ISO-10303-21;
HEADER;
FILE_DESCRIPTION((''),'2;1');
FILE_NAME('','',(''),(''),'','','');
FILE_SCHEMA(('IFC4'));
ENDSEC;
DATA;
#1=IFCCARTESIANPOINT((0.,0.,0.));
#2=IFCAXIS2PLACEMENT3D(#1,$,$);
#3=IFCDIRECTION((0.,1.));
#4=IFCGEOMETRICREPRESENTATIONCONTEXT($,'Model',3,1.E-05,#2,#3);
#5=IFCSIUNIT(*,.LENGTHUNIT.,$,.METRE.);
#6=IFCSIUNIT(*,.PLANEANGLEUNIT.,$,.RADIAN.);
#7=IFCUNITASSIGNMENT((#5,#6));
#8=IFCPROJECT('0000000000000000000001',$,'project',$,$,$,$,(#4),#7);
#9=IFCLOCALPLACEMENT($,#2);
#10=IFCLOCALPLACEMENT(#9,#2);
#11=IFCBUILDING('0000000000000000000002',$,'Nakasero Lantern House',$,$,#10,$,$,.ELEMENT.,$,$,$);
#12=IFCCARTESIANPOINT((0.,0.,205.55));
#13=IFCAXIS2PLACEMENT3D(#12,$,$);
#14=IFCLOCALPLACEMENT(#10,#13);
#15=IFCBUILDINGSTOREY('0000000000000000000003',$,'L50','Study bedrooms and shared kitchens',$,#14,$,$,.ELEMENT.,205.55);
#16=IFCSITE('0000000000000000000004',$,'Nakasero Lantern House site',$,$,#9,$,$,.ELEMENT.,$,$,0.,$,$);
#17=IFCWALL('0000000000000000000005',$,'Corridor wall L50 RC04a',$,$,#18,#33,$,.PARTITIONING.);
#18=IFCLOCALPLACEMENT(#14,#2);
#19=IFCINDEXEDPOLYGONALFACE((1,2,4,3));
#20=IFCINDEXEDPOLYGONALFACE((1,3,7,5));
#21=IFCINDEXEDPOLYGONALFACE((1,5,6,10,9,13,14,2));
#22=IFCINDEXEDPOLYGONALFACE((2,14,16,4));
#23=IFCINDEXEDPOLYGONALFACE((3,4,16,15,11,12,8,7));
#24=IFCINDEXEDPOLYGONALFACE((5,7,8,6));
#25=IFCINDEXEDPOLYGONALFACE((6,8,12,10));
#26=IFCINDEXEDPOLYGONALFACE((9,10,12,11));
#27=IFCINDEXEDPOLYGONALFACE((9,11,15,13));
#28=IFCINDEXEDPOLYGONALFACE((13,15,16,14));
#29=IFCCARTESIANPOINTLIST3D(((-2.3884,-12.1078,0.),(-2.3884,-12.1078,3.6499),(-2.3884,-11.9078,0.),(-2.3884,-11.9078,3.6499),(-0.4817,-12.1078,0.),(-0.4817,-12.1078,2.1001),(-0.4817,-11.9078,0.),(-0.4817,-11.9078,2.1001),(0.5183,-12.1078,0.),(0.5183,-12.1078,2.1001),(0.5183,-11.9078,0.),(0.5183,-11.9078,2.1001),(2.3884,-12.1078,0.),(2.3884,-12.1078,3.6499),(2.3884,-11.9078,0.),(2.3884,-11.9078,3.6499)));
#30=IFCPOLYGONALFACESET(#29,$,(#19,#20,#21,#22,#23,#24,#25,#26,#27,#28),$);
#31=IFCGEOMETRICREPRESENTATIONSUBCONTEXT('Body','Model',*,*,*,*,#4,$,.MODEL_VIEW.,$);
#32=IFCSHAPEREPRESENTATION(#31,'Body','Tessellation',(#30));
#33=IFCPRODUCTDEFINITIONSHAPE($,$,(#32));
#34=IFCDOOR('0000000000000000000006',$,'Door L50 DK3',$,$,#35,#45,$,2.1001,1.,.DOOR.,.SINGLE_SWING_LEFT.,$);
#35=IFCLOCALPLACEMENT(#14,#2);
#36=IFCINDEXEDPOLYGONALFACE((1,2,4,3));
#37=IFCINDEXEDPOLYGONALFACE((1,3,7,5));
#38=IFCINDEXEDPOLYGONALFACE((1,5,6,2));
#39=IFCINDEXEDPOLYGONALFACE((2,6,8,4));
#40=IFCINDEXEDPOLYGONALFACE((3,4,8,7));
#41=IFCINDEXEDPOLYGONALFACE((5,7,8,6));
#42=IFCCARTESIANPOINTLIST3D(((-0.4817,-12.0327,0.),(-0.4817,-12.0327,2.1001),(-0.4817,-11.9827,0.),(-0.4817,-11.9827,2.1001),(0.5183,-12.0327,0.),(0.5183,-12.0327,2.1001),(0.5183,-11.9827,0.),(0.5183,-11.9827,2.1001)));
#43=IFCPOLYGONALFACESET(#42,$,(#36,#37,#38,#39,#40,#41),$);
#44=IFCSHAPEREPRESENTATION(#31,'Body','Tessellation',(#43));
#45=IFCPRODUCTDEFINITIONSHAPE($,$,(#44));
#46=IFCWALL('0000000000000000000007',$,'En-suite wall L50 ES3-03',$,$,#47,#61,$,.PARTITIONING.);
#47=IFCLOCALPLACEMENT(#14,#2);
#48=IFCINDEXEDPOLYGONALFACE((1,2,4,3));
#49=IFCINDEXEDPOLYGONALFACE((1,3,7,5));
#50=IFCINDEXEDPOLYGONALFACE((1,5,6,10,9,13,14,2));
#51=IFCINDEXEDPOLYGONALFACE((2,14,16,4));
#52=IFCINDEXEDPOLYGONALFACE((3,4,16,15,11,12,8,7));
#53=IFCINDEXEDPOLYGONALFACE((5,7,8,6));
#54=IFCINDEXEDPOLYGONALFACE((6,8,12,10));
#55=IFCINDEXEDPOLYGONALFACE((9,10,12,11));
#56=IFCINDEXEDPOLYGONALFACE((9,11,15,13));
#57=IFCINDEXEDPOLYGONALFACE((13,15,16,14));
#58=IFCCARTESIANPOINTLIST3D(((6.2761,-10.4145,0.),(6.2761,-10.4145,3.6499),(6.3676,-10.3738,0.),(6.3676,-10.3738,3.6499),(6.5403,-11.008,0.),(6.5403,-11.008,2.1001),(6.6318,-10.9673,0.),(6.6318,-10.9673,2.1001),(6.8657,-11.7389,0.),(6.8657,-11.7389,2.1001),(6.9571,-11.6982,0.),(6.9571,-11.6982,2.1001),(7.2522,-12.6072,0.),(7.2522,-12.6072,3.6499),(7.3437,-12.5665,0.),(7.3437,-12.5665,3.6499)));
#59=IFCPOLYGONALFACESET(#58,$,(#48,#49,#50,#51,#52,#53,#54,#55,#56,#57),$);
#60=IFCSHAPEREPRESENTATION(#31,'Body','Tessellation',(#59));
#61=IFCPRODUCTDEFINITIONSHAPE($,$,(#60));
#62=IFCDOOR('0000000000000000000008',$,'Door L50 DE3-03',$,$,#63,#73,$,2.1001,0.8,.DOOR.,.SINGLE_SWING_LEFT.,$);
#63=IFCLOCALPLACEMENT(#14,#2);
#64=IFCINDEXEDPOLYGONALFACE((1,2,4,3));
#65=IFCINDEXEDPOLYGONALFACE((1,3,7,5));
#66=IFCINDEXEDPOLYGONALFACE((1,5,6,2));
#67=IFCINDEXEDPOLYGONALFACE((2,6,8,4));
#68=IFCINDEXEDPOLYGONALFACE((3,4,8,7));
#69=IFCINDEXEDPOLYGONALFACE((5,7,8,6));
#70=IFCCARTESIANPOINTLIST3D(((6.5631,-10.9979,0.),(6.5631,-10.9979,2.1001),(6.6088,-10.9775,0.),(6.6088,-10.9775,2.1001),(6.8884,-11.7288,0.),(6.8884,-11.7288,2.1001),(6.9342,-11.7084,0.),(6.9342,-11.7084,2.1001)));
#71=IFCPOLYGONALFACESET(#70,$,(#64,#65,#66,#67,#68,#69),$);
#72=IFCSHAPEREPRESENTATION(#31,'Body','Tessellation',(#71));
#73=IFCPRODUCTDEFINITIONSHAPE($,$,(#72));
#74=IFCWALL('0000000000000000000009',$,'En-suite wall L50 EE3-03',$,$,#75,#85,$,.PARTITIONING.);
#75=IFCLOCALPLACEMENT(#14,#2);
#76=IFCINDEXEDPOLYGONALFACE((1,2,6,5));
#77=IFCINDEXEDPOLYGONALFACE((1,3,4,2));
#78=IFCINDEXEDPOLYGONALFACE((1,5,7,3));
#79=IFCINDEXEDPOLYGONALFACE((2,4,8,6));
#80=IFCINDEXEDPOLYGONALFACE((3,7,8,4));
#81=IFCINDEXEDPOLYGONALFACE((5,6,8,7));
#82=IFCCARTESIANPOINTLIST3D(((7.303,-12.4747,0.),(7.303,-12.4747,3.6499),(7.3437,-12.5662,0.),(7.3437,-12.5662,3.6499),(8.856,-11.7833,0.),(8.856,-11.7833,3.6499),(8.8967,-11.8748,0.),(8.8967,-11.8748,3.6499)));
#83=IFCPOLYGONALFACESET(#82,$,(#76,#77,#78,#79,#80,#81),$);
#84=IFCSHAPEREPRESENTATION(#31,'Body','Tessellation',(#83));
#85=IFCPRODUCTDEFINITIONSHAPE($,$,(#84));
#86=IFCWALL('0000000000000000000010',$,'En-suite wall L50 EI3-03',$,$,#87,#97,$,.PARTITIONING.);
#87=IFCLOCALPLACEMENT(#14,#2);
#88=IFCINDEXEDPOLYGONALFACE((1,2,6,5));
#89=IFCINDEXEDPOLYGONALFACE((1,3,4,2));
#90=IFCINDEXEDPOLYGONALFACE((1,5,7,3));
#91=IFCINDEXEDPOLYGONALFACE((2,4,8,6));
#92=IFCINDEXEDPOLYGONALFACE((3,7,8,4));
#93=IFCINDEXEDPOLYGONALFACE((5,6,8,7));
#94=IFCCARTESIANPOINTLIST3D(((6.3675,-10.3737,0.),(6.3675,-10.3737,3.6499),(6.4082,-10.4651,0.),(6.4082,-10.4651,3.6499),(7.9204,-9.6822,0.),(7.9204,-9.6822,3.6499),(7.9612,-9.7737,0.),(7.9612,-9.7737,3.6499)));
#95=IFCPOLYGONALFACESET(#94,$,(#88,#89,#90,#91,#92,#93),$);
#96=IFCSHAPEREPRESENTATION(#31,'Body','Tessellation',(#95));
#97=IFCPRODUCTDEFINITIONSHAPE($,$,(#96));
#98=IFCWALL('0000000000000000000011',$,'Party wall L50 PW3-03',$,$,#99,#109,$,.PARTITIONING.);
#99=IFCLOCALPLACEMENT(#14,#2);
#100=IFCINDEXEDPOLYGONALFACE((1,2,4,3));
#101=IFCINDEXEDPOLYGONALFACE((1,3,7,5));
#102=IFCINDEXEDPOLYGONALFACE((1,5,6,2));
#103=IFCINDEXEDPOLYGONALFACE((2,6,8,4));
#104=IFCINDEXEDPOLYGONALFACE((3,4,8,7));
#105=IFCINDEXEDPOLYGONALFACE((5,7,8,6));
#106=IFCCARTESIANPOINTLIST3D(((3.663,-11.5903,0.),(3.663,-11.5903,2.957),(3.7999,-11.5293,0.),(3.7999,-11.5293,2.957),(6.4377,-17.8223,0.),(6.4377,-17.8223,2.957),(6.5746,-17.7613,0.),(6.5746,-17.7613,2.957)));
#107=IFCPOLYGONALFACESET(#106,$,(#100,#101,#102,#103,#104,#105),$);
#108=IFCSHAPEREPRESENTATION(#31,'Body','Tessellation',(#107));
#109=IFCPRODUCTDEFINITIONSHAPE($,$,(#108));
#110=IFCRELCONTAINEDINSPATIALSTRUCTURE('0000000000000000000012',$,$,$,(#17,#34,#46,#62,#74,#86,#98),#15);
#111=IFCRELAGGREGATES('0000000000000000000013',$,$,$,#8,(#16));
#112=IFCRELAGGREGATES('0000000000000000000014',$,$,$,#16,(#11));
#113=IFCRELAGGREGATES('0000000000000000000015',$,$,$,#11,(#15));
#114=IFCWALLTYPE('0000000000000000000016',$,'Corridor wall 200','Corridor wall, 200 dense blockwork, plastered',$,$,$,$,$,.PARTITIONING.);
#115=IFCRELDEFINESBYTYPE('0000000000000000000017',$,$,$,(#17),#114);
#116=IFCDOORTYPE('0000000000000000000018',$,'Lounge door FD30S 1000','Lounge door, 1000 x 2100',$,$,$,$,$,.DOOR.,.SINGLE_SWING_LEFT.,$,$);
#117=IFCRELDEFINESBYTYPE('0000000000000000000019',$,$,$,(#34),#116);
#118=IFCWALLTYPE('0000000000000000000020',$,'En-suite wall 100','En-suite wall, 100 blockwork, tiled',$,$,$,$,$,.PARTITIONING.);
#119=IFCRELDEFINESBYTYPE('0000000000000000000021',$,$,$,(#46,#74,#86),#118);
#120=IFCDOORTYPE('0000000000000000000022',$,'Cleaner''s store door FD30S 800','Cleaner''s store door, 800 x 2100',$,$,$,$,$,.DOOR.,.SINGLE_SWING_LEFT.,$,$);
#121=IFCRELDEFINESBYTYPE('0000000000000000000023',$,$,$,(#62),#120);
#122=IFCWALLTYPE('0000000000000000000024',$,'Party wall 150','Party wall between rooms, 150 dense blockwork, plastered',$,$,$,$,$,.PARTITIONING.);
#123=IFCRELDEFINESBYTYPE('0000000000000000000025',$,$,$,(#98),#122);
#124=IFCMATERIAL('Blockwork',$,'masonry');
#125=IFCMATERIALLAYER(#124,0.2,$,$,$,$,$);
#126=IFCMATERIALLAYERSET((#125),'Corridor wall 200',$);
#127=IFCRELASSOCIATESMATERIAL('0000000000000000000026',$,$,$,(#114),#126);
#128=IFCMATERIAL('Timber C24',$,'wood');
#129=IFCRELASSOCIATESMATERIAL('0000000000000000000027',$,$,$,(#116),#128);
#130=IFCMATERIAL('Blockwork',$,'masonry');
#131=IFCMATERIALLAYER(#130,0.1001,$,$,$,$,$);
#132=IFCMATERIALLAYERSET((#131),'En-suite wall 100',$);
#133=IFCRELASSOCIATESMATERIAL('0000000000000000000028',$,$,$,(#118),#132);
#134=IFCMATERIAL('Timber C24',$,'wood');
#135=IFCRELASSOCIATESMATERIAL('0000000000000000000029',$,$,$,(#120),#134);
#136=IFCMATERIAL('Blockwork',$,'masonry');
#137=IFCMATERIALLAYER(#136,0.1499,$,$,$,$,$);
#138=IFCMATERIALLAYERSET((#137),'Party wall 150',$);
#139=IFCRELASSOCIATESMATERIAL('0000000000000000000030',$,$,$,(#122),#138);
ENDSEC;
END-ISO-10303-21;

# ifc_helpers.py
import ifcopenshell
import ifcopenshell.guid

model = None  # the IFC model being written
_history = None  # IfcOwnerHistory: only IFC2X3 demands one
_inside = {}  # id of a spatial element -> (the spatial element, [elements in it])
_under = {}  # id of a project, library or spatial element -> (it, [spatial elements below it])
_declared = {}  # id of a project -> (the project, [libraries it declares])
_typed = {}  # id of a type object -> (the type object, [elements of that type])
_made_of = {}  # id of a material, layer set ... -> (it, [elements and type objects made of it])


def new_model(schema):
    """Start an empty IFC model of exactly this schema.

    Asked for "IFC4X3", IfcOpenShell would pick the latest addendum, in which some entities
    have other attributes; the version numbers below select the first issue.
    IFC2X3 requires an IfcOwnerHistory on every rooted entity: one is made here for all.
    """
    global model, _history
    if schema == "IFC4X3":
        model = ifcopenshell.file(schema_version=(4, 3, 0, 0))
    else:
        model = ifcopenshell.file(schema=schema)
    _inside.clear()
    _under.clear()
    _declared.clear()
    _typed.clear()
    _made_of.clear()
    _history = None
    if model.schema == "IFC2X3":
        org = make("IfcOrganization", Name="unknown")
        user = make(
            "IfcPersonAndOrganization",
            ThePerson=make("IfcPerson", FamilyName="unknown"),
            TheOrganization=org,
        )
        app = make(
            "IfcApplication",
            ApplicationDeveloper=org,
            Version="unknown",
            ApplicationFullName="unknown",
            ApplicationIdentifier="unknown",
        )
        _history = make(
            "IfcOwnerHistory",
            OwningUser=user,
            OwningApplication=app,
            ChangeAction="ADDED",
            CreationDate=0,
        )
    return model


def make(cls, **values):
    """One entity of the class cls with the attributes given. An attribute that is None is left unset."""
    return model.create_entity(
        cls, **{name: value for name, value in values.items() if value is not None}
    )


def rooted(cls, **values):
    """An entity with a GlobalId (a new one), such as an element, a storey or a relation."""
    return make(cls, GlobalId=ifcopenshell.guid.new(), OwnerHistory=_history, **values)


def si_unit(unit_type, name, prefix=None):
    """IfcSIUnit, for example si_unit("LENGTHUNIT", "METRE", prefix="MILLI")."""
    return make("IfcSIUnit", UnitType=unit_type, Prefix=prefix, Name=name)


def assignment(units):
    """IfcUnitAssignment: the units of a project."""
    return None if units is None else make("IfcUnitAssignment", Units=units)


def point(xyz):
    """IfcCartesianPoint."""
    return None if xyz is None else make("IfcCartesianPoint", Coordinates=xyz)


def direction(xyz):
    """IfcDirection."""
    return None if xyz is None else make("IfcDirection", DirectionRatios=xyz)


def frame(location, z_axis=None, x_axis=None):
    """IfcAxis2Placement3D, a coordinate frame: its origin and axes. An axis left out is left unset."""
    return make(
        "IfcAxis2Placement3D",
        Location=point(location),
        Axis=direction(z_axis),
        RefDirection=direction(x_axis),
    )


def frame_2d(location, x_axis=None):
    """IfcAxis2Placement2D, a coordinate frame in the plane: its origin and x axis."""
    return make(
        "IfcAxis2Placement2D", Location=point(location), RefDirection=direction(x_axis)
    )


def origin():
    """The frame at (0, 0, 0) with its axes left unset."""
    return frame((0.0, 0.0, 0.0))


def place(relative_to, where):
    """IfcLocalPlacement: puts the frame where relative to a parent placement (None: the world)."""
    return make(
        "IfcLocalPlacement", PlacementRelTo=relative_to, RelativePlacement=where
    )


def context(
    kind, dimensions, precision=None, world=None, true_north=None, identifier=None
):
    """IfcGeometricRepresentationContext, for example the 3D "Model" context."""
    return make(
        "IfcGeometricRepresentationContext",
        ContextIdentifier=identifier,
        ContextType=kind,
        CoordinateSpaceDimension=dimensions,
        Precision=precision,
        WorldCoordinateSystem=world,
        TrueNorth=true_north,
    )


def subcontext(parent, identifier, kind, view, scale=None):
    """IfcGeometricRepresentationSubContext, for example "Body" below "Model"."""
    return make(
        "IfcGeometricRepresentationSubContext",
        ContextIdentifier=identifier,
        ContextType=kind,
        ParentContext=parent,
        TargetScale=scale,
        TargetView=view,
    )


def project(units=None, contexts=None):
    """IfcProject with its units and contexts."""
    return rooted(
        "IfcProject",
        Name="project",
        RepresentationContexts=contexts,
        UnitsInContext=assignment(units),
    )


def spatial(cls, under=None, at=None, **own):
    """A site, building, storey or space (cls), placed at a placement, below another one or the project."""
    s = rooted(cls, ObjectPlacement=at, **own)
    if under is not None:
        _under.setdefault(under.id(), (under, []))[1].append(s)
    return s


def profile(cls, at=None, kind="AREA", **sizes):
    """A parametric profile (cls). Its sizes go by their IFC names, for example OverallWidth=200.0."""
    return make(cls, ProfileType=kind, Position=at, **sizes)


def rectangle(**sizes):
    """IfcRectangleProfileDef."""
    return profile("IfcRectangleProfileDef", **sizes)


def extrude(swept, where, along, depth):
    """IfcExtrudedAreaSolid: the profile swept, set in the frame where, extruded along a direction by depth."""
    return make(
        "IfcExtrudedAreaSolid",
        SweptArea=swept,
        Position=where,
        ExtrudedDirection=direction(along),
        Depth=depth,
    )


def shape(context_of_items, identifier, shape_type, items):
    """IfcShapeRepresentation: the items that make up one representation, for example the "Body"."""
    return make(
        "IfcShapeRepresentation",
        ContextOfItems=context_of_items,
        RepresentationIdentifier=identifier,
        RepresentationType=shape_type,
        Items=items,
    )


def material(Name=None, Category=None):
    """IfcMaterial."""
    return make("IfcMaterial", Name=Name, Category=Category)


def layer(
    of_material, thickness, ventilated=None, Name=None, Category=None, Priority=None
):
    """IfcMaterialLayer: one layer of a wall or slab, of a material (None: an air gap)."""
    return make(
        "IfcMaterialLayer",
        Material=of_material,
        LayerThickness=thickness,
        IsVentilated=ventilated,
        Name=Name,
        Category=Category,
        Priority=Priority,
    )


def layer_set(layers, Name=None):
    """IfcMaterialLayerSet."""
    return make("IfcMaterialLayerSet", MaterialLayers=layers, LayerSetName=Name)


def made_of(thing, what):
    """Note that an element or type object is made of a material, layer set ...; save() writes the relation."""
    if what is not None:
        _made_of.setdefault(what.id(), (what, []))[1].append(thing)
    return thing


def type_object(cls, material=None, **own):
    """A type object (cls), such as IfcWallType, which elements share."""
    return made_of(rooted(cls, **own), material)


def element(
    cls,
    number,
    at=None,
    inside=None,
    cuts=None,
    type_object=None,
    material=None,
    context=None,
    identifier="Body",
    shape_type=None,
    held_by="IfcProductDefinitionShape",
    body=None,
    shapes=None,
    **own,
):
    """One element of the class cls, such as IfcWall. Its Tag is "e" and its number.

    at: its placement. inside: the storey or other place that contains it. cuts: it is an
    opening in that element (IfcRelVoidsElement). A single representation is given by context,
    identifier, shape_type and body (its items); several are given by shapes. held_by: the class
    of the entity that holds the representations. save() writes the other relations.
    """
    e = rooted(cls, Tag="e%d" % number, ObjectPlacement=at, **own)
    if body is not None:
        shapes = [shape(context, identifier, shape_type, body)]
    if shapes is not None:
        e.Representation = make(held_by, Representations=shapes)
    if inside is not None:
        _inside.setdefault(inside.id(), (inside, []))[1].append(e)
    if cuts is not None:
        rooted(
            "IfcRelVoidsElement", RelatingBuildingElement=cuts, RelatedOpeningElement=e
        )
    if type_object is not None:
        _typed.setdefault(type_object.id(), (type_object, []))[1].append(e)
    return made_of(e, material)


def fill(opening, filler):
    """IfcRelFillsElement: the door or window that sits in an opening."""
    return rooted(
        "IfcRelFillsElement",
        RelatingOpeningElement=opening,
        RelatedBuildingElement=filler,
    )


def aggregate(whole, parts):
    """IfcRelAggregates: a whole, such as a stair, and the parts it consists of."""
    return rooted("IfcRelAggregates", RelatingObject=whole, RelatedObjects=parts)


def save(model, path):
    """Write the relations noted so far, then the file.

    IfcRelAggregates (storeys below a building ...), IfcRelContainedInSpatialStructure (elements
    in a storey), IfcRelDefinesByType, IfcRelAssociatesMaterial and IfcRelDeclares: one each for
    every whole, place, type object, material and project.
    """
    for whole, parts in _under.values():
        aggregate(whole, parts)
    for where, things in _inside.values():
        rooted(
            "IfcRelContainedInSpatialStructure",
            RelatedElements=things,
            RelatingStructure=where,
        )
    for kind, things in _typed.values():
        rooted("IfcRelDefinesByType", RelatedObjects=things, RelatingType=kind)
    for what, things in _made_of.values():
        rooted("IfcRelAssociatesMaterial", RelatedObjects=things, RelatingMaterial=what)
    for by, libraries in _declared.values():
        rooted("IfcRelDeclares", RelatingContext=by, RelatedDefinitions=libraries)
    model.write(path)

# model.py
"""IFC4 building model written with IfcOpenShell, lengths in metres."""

from ifc_helpers import new_model, si_unit, direction, frame, frame_2d, origin, place, context, subcontext, project, spatial, rectangle, extrude, material, layer, layer_set, type_object, element, fill, save


model = new_model("IFC4")

# Units and contexts
model_context = context("Model", 3, precision=1e-05, world=origin(), true_north=direction((0.0, 1.0)))
body_context = subcontext(model_context, "Body", "Model", "MODEL_VIEW")
ifc_project = project(units=[si_unit("LENGTHUNIT", "METRE"), si_unit("PLANEANGLEUNIT", "RADIAN")], contexts=[model_context])

# Site, building, storey
site_placement = place(None, origin())
site = spatial("IfcSite", under=ifc_project, at=site_placement, Name="Nakasero Lantern House site", CompositionType="ELEMENT", RefElevation=0.0)
building_placement = place(site_placement, origin())
building = spatial("IfcBuilding", under=site, at=building_placement, Name="Nakasero Lantern House", CompositionType="ELEMENT")
storey_placement = place(building_placement, frame((0.0, 0.0, 205.55)))
storey = spatial("IfcBuildingStorey", under=building, at=storey_placement, Name="L50", Description="Study bedrooms and shared kitchens", CompositionType="ELEMENT", Elevation=205.55)

# Walls, openings, doors
ifc_material_1 = material(Name="Blockwork", Category="masonry")
ifc_layer_1 = layer(ifc_material_1, 0.2)
ifc_layer_set_1 = layer_set([ifc_layer_1], Name="Corridor wall 200")
wall_type_1 = type_object("IfcWallType", Name="Corridor wall 200", Description="Corridor wall, 200 dense blockwork, plastered", PredefinedType="PARTITIONING", material=ifc_layer_set_1)
wall_1_placement = place(storey_placement, frame((2.3884, -12.0078, 0.0), z_axis=(0.0, 0.0, 1.0), x_axis=(-1.0, 0.0, 0.0)))
wall_1 = element("IfcWall", 1, at=wall_1_placement, inside=storey, type_object=wall_type_1, Name="Corridor wall L50 RC04a", PredefinedType="PARTITIONING", context=body_context, shape_type="SweptSolid", body=[
    extrude(rectangle(XDim=4.7769, YDim=0.2, at=frame_2d((2.3884, 0.0))), origin(), (0.0, 0.0, 1.0), 3.6499),
])
opening_1_placement = place(wall_1_placement, frame((1.8701, 0.0, 0.0)))
opening_1 = element("IfcOpeningElement", 2, at=opening_1_placement, cuts=wall_1, PredefinedType="OPENING", context=body_context, shape_type="SweptSolid", body=[
    extrude(rectangle(XDim=1.0, YDim=2.1001, at=frame_2d((0.5, 1.05))), frame((0.0, 0.1199, 0.0), z_axis=(0.0, -1.0, 0.0), x_axis=(1.0, 0.0, 0.0)), (0.0, 0.0, 1.0), 0.24),
])
ifc_material_2 = material(Name="Timber C24", Category="wood")
door_type_1 = type_object("IfcDoorType", Name="Lounge door FD30S 1000", Description="Lounge door, 1000 x 2100", OperationType="SINGLE_SWING_LEFT", PredefinedType="DOOR", material=ifc_material_2)
door_1_placement = place(opening_1_placement, origin())
door_1 = element("IfcDoor", 3, at=door_1_placement, inside=storey, type_object=door_type_1, Name="Door L50 DK3", OperationType="SINGLE_SWING_LEFT", OverallHeight=2.1001, OverallWidth=1.0, PredefinedType="DOOR", context=body_context, shape_type="SweptSolid", body=[
    extrude(rectangle(XDim=1.0, YDim=2.1001, at=frame_2d((0.5, 1.05))), frame((0.0, 0.0249, 0.0), z_axis=(0.0, -1.0, 0.0), x_axis=(1.0, 0.0, 0.0)), (0.0, 0.0, 1.0), 0.05),
])
fill(opening_1, door_1)
ifc_material_3 = material(Name="Blockwork", Category="masonry")
ifc_layer_2 = layer(ifc_material_3, 0.1001)
ifc_layer_set_2 = layer_set([ifc_layer_2], Name="En-suite wall 100")
wall_type_2 = type_object("IfcWallType", Name="En-suite wall 100", Description="En-suite wall, 100 blockwork, tiled", PredefinedType="PARTITIONING", material=ifc_layer_set_2)
wall_2_placement = place(storey_placement, frame((6.3218, -10.394, 0.0), z_axis=(0.0, 0.0, 1.0), x_axis=(0.406686, -0.913568, 0.0)))
wall_2 = element("IfcWall", 4, at=wall_2_placement, inside=storey, type_object=wall_type_2, Name="En-suite wall L50 ES3-03", PredefinedType="PARTITIONING", context=body_context, shape_type="SweptSolid", body=[
    extrude(rectangle(XDim=2.4001, YDim=0.1001, at=frame_2d((1.2002, 0.0))), origin(), (0.0, 0.0, 1.0), 3.6499),
])
opening_2_placement = place(wall_2_placement, frame((0.6499, 0.0, 0.0)))
opening_2 = element("IfcOpeningElement", 5, at=opening_2_placement, cuts=wall_2, PredefinedType="OPENING", context=body_context, shape_type="SweptSolid", body=[
    extrude(rectangle(XDim=0.8, YDim=2.1001, at=frame_2d((0.3999, 1.05))), frame((0.0, 0.0701, 0.0), z_axis=(0.0, -1.0, 0.0), x_axis=(1.0, 0.0, 0.0)), (0.0, 0.0, 1.0), 0.1401),
])
ifc_material_4 = material(Name="Timber C24", Category="wood")
door_type_2 = type_object("IfcDoorType", Name="Cleaner's store door FD30S 800", Description="Cleaner's store door, 800 x 2100", OperationType="SINGLE_SWING_LEFT", PredefinedType="DOOR", material=ifc_material_4)
door_2_placement = place(opening_2_placement, origin())
door_2 = element("IfcDoor", 6, at=door_2_placement, inside=storey, type_object=door_type_2, Name="Door L50 DE3-03", OperationType="SINGLE_SWING_LEFT", OverallHeight=2.1001, OverallWidth=0.8, PredefinedType="DOOR", context=body_context, shape_type="SweptSolid", body=[
    extrude(rectangle(XDim=0.8, YDim=2.1001, at=frame_2d((0.3999, 1.05))), frame((0.0, 0.0249, 0.0), z_axis=(0.0, -1.0, 0.0), x_axis=(1.0, 0.0, 0.0)), (0.0, 0.0, 1.0), 0.05),
])
fill(opening_2, door_2)

# Walls
for number, where, z_axis, x_axis, name in (
    (7, (7.3232, -12.5205, 0.0), (0.0, 0.0, 1.0), (0.913551, 0.406725, 0.0), "En-suite wall L50 EE3-03"),
    (8, (6.3877, -10.4194, 0.0), (0.0, 0.0, 1.0), (0.913551, 0.406725, 0.0), "En-suite wall L50 EI3-03"),
):
    element("IfcWall", number, at=place(storey_placement, frame(where, z_axis=z_axis, x_axis=x_axis)), inside=storey, type_object=wall_type_2, Name=name, PredefinedType="PARTITIONING", context=body_context, shape_type="SweptSolid", body=[
        extrude(rectangle(XDim=1.7, YDim=0.1001, at=frame_2d((0.8501, 0.0))), origin(), (0.0, 0.0, 1.0), 3.6499),
    ])
ifc_material_5 = material(Name="Blockwork", Category="masonry")
ifc_layer_3 = layer(ifc_material_5, 0.1499)
ifc_layer_set_3 = layer_set([ifc_layer_3], Name="Party wall 150")
wall_type_3 = type_object("IfcWallType", Name="Party wall 150", Description="Party wall between rooms, 150 dense blockwork, plastered", PredefinedType="PARTITIONING", material=ifc_layer_set_3)
wall_3_placement = place(storey_placement, frame((3.7314, -11.5598, 0.0), z_axis=(0.0, 0.0, 1.0), x_axis=(0.406739, -0.913544, 0.0)))
element("IfcWall", 9, at=wall_3_placement, inside=storey, type_object=wall_type_3, Name="Party wall L50 PW3-03", PredefinedType="PARTITIONING", context=body_context, shape_type="SweptSolid", body=[
    extrude(rectangle(XDim=6.8218, YDim=0.1499, at=frame_2d((3.4109, 0.0))), origin(), (0.0, 0.0, 1.0), 2.957),
])

save(model, "model.ifc")
